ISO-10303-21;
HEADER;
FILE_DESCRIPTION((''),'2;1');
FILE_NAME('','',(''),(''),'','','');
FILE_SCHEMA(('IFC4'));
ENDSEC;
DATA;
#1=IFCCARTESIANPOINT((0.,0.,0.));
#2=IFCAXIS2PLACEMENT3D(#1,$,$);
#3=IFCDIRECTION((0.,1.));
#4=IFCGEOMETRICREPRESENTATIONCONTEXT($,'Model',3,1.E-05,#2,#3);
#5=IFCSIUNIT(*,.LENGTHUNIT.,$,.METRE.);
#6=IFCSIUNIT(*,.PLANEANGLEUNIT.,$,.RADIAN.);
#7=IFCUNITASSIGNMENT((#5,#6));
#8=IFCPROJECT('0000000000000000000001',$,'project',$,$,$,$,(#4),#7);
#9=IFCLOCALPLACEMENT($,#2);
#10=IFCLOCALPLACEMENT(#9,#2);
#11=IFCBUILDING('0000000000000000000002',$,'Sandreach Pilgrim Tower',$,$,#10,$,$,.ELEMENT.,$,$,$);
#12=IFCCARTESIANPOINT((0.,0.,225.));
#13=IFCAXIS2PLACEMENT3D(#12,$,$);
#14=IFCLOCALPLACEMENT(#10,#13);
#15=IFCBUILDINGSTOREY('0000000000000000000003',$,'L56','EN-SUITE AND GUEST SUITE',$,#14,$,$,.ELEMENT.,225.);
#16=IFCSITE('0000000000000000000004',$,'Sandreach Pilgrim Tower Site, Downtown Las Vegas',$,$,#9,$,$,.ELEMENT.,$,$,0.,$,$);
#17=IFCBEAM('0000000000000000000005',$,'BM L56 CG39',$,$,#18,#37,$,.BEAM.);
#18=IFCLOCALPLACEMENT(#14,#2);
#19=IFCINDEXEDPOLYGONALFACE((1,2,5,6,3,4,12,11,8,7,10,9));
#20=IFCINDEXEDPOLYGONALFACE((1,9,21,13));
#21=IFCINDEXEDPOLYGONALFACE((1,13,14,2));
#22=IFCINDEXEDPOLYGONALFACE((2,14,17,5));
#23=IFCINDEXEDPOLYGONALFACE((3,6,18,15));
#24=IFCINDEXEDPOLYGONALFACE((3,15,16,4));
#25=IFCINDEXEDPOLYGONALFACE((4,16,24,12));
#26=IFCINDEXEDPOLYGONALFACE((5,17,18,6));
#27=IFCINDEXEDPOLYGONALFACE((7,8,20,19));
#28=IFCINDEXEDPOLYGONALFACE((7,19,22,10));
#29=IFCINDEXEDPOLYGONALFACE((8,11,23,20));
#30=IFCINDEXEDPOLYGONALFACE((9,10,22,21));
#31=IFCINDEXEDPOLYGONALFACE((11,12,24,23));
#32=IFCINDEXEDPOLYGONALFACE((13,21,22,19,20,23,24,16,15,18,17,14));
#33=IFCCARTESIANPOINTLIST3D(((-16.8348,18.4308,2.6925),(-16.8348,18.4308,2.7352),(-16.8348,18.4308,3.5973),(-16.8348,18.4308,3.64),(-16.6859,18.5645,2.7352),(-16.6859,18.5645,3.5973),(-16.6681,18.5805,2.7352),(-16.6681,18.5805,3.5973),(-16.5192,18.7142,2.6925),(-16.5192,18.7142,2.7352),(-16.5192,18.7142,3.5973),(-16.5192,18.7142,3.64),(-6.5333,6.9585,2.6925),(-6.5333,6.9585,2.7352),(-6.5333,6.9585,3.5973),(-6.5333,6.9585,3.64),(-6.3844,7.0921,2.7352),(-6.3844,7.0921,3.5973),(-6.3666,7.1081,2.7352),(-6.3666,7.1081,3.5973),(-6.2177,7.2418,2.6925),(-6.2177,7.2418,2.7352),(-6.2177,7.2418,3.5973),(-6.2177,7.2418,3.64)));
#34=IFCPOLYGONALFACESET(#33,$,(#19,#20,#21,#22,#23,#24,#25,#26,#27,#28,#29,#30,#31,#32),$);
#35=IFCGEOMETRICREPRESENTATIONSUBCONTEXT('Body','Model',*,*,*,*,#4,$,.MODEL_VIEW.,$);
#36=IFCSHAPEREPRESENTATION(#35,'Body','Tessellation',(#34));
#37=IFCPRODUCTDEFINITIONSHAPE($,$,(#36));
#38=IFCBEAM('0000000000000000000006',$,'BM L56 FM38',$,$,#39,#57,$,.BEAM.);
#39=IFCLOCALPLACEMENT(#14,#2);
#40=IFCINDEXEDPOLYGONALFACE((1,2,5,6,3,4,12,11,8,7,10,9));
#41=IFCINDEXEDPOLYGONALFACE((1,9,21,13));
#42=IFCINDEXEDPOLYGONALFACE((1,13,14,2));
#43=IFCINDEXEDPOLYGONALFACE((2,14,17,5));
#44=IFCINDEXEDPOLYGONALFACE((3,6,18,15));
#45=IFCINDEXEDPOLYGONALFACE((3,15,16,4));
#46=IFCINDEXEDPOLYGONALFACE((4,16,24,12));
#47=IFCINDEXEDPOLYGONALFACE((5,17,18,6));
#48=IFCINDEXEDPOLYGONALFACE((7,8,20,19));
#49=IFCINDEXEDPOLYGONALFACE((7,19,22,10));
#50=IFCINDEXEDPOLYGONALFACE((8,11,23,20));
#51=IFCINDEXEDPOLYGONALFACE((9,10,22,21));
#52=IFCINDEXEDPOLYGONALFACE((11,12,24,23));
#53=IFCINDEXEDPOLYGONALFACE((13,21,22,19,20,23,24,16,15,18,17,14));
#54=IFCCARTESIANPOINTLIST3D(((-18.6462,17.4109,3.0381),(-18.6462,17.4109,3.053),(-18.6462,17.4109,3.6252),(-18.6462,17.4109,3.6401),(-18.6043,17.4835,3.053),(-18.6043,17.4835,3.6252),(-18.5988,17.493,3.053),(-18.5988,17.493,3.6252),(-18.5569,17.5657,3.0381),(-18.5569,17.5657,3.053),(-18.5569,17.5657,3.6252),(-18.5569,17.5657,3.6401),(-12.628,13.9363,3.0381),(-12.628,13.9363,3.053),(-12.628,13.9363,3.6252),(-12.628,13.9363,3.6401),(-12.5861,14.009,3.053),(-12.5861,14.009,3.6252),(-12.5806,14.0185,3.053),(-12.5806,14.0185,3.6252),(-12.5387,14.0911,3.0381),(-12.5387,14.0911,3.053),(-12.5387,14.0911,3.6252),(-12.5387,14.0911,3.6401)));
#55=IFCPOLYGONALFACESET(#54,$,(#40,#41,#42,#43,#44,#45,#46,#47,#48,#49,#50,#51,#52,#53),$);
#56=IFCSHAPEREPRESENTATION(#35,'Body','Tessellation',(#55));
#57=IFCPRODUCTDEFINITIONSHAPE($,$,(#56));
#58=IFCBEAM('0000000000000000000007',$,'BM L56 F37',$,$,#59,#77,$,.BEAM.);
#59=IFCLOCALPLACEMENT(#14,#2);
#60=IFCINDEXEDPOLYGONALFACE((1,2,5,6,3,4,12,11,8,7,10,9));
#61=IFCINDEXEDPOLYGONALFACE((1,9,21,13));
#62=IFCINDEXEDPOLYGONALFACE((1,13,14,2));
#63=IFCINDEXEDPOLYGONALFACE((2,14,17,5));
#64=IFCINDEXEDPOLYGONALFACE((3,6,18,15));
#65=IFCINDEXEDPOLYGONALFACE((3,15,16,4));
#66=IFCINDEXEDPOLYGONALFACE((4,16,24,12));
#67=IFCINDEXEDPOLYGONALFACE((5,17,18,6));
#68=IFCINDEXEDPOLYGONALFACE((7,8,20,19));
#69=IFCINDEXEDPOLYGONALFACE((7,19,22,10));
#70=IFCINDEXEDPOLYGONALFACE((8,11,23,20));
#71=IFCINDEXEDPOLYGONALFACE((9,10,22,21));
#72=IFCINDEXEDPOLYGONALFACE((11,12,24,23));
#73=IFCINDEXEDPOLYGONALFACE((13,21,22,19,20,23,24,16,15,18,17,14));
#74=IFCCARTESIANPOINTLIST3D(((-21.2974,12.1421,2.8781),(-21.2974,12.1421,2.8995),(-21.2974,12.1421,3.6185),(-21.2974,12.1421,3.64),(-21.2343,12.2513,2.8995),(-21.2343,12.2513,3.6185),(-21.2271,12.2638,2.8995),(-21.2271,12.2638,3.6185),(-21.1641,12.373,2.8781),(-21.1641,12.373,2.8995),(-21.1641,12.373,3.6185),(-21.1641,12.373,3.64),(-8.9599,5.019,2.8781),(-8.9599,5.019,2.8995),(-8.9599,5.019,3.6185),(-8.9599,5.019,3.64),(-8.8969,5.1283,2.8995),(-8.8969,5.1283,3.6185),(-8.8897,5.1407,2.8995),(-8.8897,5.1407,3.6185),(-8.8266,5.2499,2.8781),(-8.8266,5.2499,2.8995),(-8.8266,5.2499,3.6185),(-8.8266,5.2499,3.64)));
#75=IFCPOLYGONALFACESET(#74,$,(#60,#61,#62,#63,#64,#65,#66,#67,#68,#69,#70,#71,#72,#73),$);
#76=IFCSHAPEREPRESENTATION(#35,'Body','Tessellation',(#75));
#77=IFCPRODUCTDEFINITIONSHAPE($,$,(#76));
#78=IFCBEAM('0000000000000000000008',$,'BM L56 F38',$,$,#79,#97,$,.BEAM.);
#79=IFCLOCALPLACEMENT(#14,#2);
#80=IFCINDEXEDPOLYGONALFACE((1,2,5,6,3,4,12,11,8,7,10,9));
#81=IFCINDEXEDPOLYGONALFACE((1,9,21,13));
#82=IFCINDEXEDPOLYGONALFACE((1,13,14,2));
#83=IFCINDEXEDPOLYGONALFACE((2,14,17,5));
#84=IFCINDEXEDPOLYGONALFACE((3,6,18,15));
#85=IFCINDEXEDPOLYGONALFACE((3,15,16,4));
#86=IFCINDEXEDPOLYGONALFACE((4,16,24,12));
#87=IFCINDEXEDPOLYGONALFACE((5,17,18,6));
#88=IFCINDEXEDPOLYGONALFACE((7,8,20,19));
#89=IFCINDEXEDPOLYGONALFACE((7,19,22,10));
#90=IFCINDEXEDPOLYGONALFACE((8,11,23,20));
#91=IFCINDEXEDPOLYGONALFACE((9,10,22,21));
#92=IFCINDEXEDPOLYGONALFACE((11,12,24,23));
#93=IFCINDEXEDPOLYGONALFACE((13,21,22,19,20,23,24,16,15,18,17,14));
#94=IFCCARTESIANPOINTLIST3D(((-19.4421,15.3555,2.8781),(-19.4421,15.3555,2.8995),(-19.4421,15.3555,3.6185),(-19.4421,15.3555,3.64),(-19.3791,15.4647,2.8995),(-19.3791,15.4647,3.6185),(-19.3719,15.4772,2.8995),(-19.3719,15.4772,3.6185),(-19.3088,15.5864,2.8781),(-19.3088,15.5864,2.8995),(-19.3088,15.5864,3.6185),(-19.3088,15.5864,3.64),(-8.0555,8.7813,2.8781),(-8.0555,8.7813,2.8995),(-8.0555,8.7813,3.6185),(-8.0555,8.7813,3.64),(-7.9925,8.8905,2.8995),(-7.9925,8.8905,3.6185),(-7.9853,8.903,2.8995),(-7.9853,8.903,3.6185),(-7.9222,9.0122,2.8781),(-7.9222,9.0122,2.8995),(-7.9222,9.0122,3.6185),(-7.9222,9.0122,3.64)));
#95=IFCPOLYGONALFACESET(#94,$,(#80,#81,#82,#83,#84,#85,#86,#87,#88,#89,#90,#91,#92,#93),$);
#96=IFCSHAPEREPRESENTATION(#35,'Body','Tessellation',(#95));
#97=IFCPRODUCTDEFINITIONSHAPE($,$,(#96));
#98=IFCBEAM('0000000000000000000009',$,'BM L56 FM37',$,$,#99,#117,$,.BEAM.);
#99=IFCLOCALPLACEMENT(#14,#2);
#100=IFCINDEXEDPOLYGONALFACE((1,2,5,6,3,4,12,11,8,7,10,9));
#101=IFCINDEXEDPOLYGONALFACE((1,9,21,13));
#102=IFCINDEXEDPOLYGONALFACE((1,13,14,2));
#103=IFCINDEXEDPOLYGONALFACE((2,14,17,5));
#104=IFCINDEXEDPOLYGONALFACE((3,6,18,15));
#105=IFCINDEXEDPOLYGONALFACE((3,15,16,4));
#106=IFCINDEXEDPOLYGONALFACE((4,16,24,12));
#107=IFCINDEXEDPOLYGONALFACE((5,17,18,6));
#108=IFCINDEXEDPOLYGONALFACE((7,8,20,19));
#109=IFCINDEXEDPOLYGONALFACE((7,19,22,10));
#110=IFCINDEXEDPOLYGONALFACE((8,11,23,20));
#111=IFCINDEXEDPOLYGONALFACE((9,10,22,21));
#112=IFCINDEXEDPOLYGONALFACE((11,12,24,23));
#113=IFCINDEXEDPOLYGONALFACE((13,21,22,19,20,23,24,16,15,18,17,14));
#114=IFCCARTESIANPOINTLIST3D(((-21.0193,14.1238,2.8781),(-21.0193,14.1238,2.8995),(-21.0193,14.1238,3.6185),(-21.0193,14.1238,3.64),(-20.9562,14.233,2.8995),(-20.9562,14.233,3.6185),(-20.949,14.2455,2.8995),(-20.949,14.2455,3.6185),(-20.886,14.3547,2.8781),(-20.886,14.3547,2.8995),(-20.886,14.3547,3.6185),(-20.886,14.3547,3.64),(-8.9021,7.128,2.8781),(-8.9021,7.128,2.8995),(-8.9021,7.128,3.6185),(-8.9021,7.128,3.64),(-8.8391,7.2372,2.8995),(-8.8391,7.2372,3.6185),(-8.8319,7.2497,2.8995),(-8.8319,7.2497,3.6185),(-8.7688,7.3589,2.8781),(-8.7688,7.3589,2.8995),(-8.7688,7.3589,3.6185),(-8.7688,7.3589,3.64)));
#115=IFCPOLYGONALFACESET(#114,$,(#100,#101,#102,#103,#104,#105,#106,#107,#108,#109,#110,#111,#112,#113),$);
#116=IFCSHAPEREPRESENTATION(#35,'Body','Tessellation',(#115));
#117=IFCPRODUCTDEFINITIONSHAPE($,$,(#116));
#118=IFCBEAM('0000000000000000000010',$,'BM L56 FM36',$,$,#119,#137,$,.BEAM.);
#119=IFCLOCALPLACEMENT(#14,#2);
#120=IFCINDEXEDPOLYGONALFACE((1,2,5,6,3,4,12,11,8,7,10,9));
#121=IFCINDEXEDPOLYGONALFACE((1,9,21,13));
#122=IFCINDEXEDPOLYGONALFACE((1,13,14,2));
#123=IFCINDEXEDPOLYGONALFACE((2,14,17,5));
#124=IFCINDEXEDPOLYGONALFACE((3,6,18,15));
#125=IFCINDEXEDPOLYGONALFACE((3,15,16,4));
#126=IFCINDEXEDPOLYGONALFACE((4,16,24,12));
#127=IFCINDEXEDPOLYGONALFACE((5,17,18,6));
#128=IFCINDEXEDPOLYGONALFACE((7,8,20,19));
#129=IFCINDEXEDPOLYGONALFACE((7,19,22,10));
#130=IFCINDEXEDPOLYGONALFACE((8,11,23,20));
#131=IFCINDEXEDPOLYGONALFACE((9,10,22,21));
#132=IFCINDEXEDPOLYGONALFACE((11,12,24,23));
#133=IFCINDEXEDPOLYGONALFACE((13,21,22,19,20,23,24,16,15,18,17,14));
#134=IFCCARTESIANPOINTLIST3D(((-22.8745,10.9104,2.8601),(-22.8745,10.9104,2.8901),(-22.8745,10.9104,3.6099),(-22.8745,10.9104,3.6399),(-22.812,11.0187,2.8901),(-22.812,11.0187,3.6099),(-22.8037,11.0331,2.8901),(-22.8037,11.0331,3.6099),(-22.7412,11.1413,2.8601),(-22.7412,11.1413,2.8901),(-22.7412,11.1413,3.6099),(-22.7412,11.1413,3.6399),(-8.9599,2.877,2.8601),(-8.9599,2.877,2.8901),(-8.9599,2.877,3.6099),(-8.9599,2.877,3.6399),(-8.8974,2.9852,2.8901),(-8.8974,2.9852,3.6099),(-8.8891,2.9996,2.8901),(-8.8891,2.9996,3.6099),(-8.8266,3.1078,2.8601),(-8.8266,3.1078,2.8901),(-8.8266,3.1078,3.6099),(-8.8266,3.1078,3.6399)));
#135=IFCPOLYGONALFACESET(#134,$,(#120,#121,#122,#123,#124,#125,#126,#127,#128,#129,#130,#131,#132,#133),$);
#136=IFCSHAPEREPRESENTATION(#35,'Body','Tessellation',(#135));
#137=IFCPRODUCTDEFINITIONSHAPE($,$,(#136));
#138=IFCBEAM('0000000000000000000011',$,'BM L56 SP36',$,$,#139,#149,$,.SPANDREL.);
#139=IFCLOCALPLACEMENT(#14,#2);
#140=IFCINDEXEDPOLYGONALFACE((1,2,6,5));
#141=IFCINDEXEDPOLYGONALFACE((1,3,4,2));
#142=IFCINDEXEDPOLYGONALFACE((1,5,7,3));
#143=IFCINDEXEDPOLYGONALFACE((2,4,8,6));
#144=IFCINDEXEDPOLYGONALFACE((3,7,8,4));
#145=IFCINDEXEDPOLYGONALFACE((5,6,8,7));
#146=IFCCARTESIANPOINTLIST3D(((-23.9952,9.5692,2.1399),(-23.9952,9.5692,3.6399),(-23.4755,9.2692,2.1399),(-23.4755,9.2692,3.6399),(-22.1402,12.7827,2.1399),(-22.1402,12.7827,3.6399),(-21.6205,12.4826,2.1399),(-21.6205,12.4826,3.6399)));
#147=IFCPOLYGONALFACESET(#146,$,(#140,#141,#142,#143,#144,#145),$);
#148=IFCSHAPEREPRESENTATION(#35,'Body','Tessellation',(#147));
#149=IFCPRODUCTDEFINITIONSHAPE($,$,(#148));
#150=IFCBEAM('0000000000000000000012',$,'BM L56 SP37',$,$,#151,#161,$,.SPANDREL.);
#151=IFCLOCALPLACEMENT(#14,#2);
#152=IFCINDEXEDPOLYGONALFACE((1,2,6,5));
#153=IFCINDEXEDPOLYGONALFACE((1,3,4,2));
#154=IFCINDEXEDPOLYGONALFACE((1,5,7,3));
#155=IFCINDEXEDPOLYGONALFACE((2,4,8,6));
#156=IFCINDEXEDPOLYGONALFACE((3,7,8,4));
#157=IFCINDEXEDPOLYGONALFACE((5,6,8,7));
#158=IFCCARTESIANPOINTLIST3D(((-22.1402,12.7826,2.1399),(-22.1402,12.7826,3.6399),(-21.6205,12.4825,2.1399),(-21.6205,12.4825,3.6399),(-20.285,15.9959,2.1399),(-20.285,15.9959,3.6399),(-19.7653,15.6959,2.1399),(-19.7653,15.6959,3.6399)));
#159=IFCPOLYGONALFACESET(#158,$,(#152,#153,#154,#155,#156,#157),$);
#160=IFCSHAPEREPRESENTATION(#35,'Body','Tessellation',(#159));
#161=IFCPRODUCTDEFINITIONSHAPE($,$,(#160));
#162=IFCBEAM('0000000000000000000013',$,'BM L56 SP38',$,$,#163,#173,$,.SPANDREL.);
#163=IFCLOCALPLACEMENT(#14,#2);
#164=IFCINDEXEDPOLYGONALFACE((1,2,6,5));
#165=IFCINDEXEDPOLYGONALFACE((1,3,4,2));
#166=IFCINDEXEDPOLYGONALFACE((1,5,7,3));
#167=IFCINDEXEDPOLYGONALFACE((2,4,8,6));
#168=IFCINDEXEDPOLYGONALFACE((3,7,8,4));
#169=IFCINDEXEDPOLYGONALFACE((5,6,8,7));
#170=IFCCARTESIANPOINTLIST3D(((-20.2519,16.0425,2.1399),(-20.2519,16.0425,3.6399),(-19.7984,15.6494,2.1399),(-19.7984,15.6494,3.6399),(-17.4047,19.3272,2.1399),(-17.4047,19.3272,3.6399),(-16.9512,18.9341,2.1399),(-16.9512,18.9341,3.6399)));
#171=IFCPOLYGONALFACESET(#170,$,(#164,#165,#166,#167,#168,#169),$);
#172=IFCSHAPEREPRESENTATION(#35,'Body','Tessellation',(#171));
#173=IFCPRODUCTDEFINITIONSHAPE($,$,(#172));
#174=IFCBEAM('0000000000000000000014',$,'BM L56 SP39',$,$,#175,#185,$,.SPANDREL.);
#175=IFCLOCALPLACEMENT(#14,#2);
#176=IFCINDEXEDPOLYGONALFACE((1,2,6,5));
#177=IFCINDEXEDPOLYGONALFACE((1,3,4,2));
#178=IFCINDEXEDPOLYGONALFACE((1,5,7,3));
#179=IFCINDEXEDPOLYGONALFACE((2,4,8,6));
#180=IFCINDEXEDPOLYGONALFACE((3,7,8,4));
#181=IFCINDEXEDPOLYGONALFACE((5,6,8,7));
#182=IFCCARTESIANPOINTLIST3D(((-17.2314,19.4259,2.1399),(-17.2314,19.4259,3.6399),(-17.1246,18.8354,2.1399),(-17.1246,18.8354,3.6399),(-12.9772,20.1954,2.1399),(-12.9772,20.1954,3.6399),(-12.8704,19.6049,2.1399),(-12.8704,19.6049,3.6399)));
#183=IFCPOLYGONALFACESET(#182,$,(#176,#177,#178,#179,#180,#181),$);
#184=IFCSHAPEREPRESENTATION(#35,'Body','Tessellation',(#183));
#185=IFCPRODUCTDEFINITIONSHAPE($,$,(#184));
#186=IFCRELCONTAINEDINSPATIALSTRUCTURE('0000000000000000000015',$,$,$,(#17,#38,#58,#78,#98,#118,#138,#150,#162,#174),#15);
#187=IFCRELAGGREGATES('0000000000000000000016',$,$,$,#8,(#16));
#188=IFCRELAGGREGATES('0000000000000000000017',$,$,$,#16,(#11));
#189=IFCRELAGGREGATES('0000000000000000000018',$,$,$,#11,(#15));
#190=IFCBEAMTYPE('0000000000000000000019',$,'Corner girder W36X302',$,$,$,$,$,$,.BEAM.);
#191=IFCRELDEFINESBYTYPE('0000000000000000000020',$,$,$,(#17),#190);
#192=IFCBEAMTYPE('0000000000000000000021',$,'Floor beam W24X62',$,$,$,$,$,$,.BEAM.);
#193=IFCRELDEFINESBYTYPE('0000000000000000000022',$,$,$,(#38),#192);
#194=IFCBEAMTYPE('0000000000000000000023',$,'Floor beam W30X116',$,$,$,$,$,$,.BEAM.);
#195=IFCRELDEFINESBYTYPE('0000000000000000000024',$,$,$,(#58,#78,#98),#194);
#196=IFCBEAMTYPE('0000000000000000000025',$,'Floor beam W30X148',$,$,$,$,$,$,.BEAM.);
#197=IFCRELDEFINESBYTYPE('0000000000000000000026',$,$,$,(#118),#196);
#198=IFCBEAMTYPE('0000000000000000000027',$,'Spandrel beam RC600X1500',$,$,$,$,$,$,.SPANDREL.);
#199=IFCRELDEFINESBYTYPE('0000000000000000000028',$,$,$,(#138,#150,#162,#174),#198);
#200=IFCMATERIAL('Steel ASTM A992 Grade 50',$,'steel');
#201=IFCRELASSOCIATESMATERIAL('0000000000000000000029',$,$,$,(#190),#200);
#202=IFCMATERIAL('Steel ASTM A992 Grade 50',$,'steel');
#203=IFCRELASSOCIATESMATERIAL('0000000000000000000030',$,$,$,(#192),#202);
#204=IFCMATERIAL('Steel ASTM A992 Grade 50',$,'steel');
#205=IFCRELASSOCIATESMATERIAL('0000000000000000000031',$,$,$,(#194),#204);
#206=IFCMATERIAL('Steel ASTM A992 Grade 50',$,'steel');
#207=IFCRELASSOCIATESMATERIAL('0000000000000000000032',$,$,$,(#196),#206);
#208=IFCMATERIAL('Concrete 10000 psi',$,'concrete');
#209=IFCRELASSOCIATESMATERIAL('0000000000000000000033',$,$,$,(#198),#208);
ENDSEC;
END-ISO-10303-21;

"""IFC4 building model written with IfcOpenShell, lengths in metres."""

from ifc_helpers import new_model, si_unit, direction, frame, origin, origin_2d, place, context, subcontext, project, spatial, rectangle, i_section, extrude, material, material_profile, profile_set, type_object, element, save


model = new_model("IFC4")

# Units and contexts
model_context = context("Model", 3, precision=1e-05, world=origin(), true_north=direction((0.0, 1.0)))
body_context = subcontext(model_context, "Body", "Model", "MODEL_VIEW")
ifc_project = project(units=[si_unit("LENGTHUNIT", "METRE"), si_unit("PLANEANGLEUNIT", "RADIAN")], contexts=[model_context])

# Site, building, storey
site_placement = place(None, origin())
site = spatial("IfcSite", under=ifc_project, at=site_placement, Name="Sandreach Pilgrim Tower Site, Downtown Las Vegas", CompositionType="ELEMENT", RefElevation=0.0)
building_placement = place(site_placement, origin())
building = spatial("IfcBuilding", under=site, at=building_placement, Name="Sandreach Pilgrim Tower", CompositionType="ELEMENT")
storey_placement = place(building_placement, frame((0.0, 0.0, 225.0)))
storey = spatial("IfcBuildingStorey", under=building, at=storey_placement, Name="L56", Description="EN-SUITE AND GUEST SUITE", CompositionType="ELEMENT", Elevation=225.0)

# Beams
ifc_material_1 = material(Name="Steel ASTM A992 Grade 50", Category="steel")
ifc_material_profile_1 = material_profile(ifc_material_1, i_section(OverallWidth=0.4241, OverallDepth=0.9475, WebThickness=0.0239, FlangeThickness=0.0427, at=origin_2d()), Name="W36X302")
ifc_profile_set_1 = profile_set([ifc_material_profile_1], Name="Steel ASTM A992 Grade 50")
beam_type_1 = type_object("IfcBeamType", Name="Corner girder W36X302", PredefinedType="BEAM", material=ifc_profile_set_1)
beam_1_placement = place(storey_placement, frame((-16.677, 18.5725, 3.1663), z_axis=(0.668117, -0.744057, 0.0), x_axis=(0.744057, 0.668117, 0.0)))
element("IfcBeam", 1, at=beam_1_placement, inside=storey, type_object=beam_type_1, Name="BM L56 CG39", PredefinedType="BEAM", context=body_context, shape_type="SweptSolid", body=[
    extrude(i_section(OverallWidth=0.4241, OverallDepth=0.9475, WebThickness=0.0239, FlangeThickness=0.0427, at=origin_2d()), origin(), (0.0, 0.0, 1.0), 15.4187),
])
ifc_material_2 = material(Name="Steel ASTM A992 Grade 50", Category="steel")
ifc_material_profile_2 = material_profile(ifc_material_2, i_section(OverallWidth=0.1787, OverallDepth=0.6021, WebThickness=0.011, FlangeThickness=0.0149, at=origin_2d()), Name="W24X62")
ifc_profile_set_2 = profile_set([ifc_material_profile_2], Name="Steel ASTM A992 Grade 50")
beam_type_2 = type_object("IfcBeamType", Name="Floor beam W24X62", PredefinedType="BEAM", material=ifc_profile_set_2)
beam_2_placement = place(storey_placement, frame((-18.6016, 17.4883, 3.3391), z_axis=(0.866029, -0.499993, 0.0), x_axis=(0.499993, 0.866029, 0.0)))
element("IfcBeam", 2, at=beam_2_placement, inside=storey, type_object=beam_type_2, Name="BM L56 FM38", PredefinedType="BEAM", context=body_context, shape_type="SweptSolid", body=[
    extrude(i_section(OverallWidth=0.1787, OverallDepth=0.6021, WebThickness=0.011, FlangeThickness=0.0149, at=origin_2d()), origin(), (0.0, 0.0, 1.0), 6.9492),
])
ifc_material_3 = material(Name="Steel ASTM A992 Grade 50", Category="steel")
ifc_material_profile_3 = material_profile(ifc_material_3, i_section(OverallWidth=0.2666, OverallDepth=0.762, WebThickness=0.0144, FlangeThickness=0.0215, at=origin_2d()), Name="W30X116")
ifc_profile_set_3 = profile_set([ifc_material_profile_3], Name="Steel ASTM A992 Grade 50")
beam_type_3 = type_object("IfcBeamType", Name="Floor beam W30X116", PredefinedType="BEAM", material=ifc_profile_set_3)
beam_3_placement = place(storey_placement, frame((-21.2307, 12.2576, 3.259), z_axis=(0.866024, -0.500002, 0.0), x_axis=(0.500002, 0.866024, 0.0)))
element("IfcBeam", 3, at=beam_3_placement, inside=storey, type_object=beam_type_3, Name="BM L56 F37", PredefinedType="BEAM", context=body_context, shape_type="SweptSolid", body=[
    extrude(i_section(OverallWidth=0.2666, OverallDepth=0.762, WebThickness=0.0144, FlangeThickness=0.0215, at=origin_2d()), origin(), (0.0, 0.0, 1.0), 14.2461),
])
beam_4_placement = place(storey_placement, frame((-19.3755, 15.4709, 3.259), z_axis=(0.866022, -0.500005, 0.0), x_axis=(0.500005, 0.866022, 0.0)))
element("IfcBeam", 4, at=beam_4_placement, inside=storey, type_object=beam_type_3, Name="BM L56 F38", PredefinedType="BEAM", context=body_context, shape_type="SweptSolid", body=[
    extrude(i_section(OverallWidth=0.2666, OverallDepth=0.762, WebThickness=0.0144, FlangeThickness=0.0215, at=origin_2d()), origin(), (0.0, 0.0, 1.0), 13.1482),
])
beam_5_placement = place(storey_placement, frame((-20.9526, 14.2393, 3.259), z_axis=(0.866026, -0.499999, 0.0), x_axis=(0.499999, 0.866026, 0.0)))
element("IfcBeam", 5, at=beam_5_placement, inside=storey, type_object=beam_type_3, Name="BM L56 FM37", PredefinedType="BEAM", context=body_context, shape_type="SweptSolid", body=[
    extrude(i_section(OverallWidth=0.2666, OverallDepth=0.762, WebThickness=0.0144, FlangeThickness=0.0215, at=origin_2d()), origin(), (0.0, 0.0, 1.0), 13.9917),
])
ifc_material_4 = material(Name="Steel ASTM A992 Grade 50", Category="steel")
ifc_material_profile_4 = material_profile(ifc_material_4, i_section(OverallWidth=0.2666, OverallDepth=0.7798, WebThickness=0.0166, FlangeThickness=0.03, at=origin_2d()), Name="W30X148")
ifc_profile_set_4 = profile_set([ifc_material_profile_4], Name="Steel ASTM A992 Grade 50")
beam_type_4 = type_object("IfcBeamType", Name="Floor beam W30X148", PredefinedType="BEAM", material=ifc_profile_set_4)
beam_6_placement = place(storey_placement, frame((-22.8079, 11.0259, 3.25), z_axis=(0.866029, -0.499994, 0.0), x_axis=(0.499994, 0.866029, 0.0)))
element("IfcBeam", 6, at=beam_6_placement, inside=storey, type_object=beam_type_4, Name="BM L56 FM36", PredefinedType="BEAM", context=body_context, shape_type="SweptSolid", body=[
    extrude(i_section(OverallWidth=0.2666, OverallDepth=0.7798, WebThickness=0.0166, FlangeThickness=0.03, at=origin_2d()), origin(), (0.0, 0.0, 1.0), 16.0671),
])
ifc_material_5 = material(Name="Concrete 10000 psi", Category="concrete")
ifc_material_profile_5 = material_profile(ifc_material_5, rectangle(XDim=0.6001, YDim=1.5, at=origin_2d()), Name="RC600X1500")
ifc_profile_set_5 = profile_set([ifc_material_profile_5], Name="Concrete 10000 psi")
beam_type_5 = type_object("IfcBeamType", Name="Spandrel beam RC600X1500", PredefinedType="SPANDREL", material=ifc_profile_set_5)
for number, where, z_axis, x_axis, name in (
    (7, (-23.7354, 9.4192, 2.8899), (0.499946, 0.866056, 0.0), (-0.866056, 0.499946, 0.0), "BM L56 SP36"),
    (8, (-21.8804, 12.6326, 2.8899), (0.499996, 0.866028, 0.0), (-0.866028, 0.499996, 0.0), "BM L56 SP37"),
):
    element("IfcBeam", number, at=place(storey_placement, frame(where, z_axis=z_axis, x_axis=x_axis)), inside=storey, type_object=beam_type_5, Name=name, PredefinedType="SPANDREL", context=body_context, shape_type="SweptSolid", body=[
        extrude(rectangle(XDim=0.6001, YDim=1.5, at=origin_2d()), origin(), (0.0, 0.0, 1.0), 3.7104),
    ])
beam_7_placement = place(storey_placement, frame((-20.0251, 15.8459, 2.8899), z_axis=(0.65499, 0.755637, 0.0), x_axis=(-0.755637, 0.65499, 0.0)))
element("IfcBeam", 9, at=beam_7_placement, inside=storey, type_object=beam_type_5, Name="BM L56 SP38", PredefinedType="SPANDREL", context=body_context, shape_type="SweptSolid", body=[
    extrude(rectangle(XDim=0.6001, YDim=1.5, at=origin_2d()), origin(), (0.0, 0.0, 1.0), 4.3469),
])
beam_8_placement = place(storey_placement, frame((-17.178, 19.1306, 2.8899), z_axis=(0.98403, 0.178001, 0.0), x_axis=(-0.178001, 0.98403, 0.0)))
element("IfcBeam", 10, at=beam_8_placement, inside=storey, type_object=beam_type_5, Name="BM L56 SP39", PredefinedType="SPANDREL", context=body_context, shape_type="SweptSolid", body=[
    extrude(rectangle(XDim=0.6001, YDim=1.5, at=origin_2d()), origin(), (0.0, 0.0, 1.0), 4.3232),
])

save(model, "model.ifc")
